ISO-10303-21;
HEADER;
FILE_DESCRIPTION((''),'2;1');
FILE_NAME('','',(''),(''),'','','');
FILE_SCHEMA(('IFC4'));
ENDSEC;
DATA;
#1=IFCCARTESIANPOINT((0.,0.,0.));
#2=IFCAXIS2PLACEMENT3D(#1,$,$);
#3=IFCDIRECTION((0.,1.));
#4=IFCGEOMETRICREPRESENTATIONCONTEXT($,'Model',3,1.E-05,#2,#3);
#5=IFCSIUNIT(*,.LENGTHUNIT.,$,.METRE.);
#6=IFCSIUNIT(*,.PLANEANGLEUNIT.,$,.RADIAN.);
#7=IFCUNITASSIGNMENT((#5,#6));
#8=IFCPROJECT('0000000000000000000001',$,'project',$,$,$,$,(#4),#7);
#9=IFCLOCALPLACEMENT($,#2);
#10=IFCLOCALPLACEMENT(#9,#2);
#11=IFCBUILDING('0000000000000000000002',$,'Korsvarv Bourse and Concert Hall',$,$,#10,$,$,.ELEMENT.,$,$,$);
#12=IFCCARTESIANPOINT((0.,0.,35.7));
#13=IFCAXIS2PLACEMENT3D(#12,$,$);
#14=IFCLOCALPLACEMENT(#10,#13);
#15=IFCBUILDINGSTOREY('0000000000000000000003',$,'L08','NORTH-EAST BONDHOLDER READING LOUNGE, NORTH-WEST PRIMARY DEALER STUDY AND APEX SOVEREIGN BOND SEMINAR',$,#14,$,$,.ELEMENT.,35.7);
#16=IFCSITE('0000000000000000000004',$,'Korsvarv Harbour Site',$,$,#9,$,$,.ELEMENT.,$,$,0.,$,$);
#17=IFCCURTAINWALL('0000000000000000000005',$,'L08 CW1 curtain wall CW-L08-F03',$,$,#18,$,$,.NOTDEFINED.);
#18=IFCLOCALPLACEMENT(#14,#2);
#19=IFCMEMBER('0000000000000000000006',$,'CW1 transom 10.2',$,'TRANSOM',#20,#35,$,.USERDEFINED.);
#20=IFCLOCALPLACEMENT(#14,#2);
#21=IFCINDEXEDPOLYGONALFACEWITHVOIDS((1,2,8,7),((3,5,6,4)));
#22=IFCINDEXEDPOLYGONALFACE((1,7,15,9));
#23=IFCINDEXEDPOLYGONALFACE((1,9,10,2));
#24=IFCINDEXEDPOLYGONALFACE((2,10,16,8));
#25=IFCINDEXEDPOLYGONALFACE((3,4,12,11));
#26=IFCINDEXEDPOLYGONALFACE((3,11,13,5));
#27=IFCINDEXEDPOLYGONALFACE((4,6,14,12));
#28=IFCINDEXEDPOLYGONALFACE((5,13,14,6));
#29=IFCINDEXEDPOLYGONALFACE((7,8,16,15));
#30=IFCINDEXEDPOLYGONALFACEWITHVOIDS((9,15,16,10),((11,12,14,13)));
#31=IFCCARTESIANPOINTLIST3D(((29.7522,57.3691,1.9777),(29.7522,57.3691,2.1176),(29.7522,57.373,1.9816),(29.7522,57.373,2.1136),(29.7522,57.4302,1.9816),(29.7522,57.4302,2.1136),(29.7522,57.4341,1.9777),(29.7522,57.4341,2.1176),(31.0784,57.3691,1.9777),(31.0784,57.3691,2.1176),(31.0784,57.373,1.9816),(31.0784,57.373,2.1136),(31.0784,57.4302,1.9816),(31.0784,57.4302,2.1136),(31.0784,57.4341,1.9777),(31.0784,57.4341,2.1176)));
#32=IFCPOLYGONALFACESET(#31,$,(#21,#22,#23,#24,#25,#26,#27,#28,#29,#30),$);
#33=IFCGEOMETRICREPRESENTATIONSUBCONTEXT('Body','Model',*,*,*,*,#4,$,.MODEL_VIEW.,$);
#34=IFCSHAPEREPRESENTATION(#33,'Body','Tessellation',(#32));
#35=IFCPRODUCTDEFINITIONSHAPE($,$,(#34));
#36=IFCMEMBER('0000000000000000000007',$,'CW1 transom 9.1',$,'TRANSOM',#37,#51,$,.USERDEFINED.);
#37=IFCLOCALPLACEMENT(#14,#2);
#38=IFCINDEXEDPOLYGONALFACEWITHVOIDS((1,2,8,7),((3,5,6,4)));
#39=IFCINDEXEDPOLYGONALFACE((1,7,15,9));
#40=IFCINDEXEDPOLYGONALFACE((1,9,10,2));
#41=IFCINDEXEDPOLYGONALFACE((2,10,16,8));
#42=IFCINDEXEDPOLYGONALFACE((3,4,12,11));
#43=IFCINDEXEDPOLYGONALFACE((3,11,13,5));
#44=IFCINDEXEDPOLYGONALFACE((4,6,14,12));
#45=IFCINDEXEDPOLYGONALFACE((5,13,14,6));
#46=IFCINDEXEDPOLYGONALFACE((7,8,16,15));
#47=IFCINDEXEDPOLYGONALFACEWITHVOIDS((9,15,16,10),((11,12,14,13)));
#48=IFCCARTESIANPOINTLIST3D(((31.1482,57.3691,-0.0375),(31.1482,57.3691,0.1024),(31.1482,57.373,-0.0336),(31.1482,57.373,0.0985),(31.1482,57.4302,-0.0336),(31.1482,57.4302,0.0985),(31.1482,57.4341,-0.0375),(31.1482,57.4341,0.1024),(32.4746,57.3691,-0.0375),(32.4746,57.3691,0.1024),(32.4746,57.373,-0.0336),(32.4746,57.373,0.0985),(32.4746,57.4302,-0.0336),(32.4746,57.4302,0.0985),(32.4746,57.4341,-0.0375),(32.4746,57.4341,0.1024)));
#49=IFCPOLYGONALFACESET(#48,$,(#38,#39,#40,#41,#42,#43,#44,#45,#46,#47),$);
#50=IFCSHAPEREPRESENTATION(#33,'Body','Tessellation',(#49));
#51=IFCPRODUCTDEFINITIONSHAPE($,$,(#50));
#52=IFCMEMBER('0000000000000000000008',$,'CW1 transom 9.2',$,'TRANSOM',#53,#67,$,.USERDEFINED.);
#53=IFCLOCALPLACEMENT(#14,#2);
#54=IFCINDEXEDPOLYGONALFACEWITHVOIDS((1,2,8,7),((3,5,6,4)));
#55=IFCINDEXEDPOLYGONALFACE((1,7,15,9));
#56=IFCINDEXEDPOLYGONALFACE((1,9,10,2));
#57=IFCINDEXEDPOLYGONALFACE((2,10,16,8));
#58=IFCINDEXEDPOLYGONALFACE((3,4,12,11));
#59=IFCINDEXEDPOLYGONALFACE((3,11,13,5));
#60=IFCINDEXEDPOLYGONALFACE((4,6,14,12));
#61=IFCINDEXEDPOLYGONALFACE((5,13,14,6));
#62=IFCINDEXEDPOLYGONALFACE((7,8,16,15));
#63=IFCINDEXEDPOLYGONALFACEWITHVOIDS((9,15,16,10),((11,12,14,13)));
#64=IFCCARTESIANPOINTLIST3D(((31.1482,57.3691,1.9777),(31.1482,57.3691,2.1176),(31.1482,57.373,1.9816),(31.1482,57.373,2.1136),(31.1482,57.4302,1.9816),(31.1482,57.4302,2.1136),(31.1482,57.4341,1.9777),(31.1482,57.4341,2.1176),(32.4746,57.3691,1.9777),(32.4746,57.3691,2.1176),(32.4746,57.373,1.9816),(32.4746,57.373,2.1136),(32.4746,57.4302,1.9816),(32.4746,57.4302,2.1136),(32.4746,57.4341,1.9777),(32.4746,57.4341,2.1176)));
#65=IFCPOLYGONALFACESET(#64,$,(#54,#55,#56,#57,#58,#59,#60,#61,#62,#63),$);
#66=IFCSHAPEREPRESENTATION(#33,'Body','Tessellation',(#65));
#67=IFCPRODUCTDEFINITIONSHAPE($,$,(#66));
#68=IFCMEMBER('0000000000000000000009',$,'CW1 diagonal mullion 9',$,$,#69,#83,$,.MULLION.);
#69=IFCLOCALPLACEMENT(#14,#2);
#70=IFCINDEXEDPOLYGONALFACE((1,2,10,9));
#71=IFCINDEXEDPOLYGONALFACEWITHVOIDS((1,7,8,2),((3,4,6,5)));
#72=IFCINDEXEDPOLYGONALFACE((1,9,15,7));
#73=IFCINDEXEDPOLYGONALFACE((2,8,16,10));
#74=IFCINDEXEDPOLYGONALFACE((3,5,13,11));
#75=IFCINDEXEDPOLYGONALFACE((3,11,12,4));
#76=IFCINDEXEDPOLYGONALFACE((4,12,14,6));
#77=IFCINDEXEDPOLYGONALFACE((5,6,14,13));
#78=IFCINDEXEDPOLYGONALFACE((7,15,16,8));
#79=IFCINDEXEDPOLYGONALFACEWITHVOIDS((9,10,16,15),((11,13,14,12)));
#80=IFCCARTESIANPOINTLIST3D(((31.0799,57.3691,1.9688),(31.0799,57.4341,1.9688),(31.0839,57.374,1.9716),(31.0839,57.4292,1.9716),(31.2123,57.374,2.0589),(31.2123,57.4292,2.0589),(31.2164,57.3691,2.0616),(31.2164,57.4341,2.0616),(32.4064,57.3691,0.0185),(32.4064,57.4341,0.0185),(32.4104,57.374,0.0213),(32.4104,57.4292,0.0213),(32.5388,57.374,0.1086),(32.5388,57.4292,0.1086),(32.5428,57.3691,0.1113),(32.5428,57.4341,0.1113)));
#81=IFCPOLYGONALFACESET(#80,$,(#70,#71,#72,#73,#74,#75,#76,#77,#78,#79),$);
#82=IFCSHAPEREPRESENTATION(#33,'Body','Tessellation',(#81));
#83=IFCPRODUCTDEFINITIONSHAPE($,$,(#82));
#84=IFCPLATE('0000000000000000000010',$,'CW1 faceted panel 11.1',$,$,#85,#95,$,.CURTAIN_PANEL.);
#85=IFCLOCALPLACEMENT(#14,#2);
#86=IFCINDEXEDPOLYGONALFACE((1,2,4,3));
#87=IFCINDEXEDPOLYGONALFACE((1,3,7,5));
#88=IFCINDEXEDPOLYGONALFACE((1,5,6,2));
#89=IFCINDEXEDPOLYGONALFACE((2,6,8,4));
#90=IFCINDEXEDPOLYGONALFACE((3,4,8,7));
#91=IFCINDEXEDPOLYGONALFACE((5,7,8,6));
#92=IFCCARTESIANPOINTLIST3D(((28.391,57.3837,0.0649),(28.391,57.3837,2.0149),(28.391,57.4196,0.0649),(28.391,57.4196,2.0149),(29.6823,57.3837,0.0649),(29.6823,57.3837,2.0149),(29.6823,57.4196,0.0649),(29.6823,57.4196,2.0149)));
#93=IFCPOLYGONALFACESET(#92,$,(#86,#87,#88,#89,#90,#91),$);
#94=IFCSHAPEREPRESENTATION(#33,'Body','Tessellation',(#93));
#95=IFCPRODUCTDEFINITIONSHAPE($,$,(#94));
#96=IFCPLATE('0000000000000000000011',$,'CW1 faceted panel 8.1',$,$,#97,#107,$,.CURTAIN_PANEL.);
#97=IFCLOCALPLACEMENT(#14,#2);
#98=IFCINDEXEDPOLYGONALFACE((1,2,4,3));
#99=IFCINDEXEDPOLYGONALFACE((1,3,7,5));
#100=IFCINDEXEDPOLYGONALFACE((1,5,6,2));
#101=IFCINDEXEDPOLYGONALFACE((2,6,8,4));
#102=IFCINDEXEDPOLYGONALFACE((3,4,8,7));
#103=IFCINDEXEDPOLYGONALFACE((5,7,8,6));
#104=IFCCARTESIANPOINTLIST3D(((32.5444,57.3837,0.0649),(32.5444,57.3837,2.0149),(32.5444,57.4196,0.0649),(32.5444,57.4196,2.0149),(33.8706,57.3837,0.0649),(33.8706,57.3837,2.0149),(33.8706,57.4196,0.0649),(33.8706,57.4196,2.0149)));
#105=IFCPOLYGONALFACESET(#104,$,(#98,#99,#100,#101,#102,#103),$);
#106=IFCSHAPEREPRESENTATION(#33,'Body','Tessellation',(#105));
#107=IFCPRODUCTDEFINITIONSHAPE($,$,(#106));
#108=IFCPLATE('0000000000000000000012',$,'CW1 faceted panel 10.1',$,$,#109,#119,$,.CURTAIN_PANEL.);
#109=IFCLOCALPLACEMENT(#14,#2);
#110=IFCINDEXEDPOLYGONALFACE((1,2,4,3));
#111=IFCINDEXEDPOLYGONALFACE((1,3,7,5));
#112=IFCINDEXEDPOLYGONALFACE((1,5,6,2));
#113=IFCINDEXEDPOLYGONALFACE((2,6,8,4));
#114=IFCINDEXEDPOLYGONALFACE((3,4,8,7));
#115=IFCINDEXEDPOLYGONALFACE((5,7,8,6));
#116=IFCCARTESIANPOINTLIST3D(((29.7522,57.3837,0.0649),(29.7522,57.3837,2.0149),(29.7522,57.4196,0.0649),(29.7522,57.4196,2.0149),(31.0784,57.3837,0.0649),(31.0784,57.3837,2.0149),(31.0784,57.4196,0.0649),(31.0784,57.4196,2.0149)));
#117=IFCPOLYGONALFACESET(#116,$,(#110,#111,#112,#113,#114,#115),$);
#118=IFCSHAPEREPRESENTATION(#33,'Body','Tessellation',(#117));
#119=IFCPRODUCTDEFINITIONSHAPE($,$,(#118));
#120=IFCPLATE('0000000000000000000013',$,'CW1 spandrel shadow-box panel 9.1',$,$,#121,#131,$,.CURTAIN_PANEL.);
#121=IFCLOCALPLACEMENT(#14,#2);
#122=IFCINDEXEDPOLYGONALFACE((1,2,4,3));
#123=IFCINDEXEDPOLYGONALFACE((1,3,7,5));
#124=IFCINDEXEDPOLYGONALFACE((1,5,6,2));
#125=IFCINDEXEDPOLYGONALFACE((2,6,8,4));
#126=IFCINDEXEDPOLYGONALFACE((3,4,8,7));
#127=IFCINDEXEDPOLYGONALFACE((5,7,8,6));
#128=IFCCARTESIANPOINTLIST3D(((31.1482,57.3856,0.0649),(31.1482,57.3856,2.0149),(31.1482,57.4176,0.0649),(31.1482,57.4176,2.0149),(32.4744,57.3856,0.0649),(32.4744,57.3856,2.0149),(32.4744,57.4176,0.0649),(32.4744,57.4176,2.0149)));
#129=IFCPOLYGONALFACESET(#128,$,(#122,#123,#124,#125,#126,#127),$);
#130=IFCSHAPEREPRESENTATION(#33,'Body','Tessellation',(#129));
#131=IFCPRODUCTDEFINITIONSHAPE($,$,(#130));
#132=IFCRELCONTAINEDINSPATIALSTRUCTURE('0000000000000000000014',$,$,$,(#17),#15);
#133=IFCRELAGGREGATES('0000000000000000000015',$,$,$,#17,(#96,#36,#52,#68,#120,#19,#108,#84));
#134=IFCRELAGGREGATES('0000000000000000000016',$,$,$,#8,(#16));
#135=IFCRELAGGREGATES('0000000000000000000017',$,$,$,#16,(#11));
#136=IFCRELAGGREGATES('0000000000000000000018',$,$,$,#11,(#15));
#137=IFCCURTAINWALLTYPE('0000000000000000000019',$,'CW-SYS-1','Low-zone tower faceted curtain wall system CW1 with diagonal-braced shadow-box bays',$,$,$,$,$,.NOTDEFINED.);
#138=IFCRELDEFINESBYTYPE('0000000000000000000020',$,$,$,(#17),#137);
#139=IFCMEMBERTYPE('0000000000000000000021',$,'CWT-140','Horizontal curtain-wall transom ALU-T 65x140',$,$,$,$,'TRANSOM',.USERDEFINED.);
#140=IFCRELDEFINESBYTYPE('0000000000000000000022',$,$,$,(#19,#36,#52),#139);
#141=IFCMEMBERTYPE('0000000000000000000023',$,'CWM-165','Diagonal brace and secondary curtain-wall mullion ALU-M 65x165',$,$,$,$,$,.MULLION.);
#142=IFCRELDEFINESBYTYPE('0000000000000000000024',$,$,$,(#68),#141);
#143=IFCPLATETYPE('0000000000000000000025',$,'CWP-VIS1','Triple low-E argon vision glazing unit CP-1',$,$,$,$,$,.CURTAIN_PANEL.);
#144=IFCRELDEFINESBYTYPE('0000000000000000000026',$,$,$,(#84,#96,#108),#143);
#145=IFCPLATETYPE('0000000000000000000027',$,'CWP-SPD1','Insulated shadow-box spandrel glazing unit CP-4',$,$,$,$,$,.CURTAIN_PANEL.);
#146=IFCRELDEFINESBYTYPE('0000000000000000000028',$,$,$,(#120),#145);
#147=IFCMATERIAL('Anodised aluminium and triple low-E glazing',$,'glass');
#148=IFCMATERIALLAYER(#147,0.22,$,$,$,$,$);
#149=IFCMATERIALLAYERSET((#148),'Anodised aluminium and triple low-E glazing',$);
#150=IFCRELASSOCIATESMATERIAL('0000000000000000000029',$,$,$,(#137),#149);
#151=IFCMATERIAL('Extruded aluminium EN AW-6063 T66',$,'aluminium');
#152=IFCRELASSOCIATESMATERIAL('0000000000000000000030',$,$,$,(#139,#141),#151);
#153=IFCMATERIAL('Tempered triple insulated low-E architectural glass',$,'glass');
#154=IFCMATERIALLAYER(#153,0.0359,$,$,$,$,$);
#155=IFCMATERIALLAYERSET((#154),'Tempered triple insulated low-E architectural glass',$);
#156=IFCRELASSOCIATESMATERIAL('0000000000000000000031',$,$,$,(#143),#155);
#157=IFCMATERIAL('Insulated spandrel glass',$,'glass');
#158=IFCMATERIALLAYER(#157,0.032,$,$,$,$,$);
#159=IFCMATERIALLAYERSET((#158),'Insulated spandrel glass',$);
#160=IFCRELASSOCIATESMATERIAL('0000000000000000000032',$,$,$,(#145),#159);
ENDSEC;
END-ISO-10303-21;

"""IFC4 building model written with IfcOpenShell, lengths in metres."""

from ifc_helpers import new_model, si_unit, direction, frame, origin, origin_2d, place, context, subcontext, project, spatial, rectangle, hollow_rectangle, extrude, source, transform, mapped, material, layer, layer_set, material_profile, profile_set, type_object, element, aggregate, save


model = new_model("IFC4")

# Units and contexts
model_context = context("Model", 3, precision=1e-05, world=origin(), true_north=direction((0.0, 1.0)))
body_context = subcontext(model_context, "Body", "Model", "MODEL_VIEW")
ifc_project = project(units=[si_unit("LENGTHUNIT", "METRE"), si_unit("PLANEANGLEUNIT", "RADIAN")], contexts=[model_context])

# Site, building, storey
site_placement = place(None, origin())
site = spatial("IfcSite", under=ifc_project, at=site_placement, Name="Korsvarv Harbour Site", CompositionType="ELEMENT", RefElevation=0.0)
building_placement = place(site_placement, origin())
building = spatial("IfcBuilding", under=site, at=building_placement, Name="Korsvarv Bourse and Concert Hall", CompositionType="ELEMENT")
storey_placement = place(building_placement, frame((0.0, 0.0, 35.7)))
storey = spatial("IfcBuildingStorey", under=building, at=storey_placement, Name="L08", Description="NORTH-EAST BONDHOLDER READING LOUNGE, NORTH-WEST PRIMARY DEALER STUDY AND APEX SOVEREIGN BOND SEMINAR", CompositionType="ELEMENT", Elevation=35.7)

# Curtain wall, members, plates
ifc_material_1 = material(Name="Anodised aluminium and triple low-E glazing", Category="glass")
ifc_layer_1 = layer(ifc_material_1, 0.22)
ifc_layer_set_1 = layer_set([ifc_layer_1], Name="Anodised aluminium and triple low-E glazing")
curtain_wall_type = type_object("IfcCurtainWallType", Name="CW-SYS-1", Description="Low-zone tower faceted curtain wall system CW1 with diagonal-braced shadow-box bays", PredefinedType="NOTDEFINED", material=ifc_layer_set_1)
curtain_wall_placement = place(storey_placement, origin())
curtain_wall = element("IfcCurtainWall", 1, at=curtain_wall_placement, inside=storey, type_object=curtain_wall_type, Name="L08 CW1 curtain wall CW-L08-F03", PredefinedType="NOTDEFINED")
ifc_material_2 = material(Name="Extruded aluminium EN AW-6063 T66", Category="aluminium")
ifc_material_profile_1 = material_profile(ifc_material_2, hollow_rectangle(XDim=0.0649, YDim=0.1399, WallThickness=0.0039, at=origin_2d()), Name="ALU-T 65x140")
ifc_profile_set_1 = profile_set([ifc_material_profile_1], Name="Extruded aluminium EN AW-6063 T66")
member_type_1 = type_object("IfcMemberType", Name="CWT-140", Description="Horizontal curtain-wall transom ALU-T 65x140", ElementType="TRANSOM", PredefinedType="USERDEFINED", material=ifc_profile_set_1)
shared_shape_1 = source(origin(), body_context, "Body", "SweptSolid", [
    extrude(hollow_rectangle(XDim=0.0649, YDim=0.1399, WallThickness=0.0039, at=origin_2d()), origin(), (0.0, 0.0, 1.0), 1.3262),
])
member_1_placement = place(storey_placement, frame((31.0784, 57.4016, 2.0476), z_axis=(-1.0, 0.0, 0.0), x_axis=(0.0, -1.0, 0.0)))
member_1 = element("IfcMember", 2, at=member_1_placement, type_object=member_type_1, Name="CW1 transom 10.2", ObjectType="TRANSOM", PredefinedType="USERDEFINED", context=body_context, shape_type="MappedRepresentation", body=[
    mapped(shared_shape_1, transform((0.0, 0.0, 0.0), scale=1.0)),
])
shared_shape_2 = source(origin(), body_context, "Body", "SweptSolid", [
    extrude(hollow_rectangle(XDim=0.0649, YDim=0.1399, WallThickness=0.0039, at=origin_2d()), origin(), (0.0, 0.0, 1.0), 1.3264),
])
member_2_placement = place(storey_placement, frame((32.4746, 57.4016, 0.0325), z_axis=(-1.0, 0.0, 0.0), x_axis=(0.0, -1.0, 0.0)))
member_2 = element("IfcMember", 3, at=member_2_placement, type_object=member_type_1, Name="CW1 transom 9.1", ObjectType="TRANSOM", PredefinedType="USERDEFINED", context=body_context, shape_type="MappedRepresentation", body=[
    mapped(shared_shape_2, transform((0.0, 0.0, 0.0), scale=1.0)),
])
member_3_placement = place(storey_placement, frame((32.4746, 57.4016, 2.0476), z_axis=(-1.0, 0.0, 0.0), x_axis=(0.0, -1.0, 0.0)))
member_3 = element("IfcMember", 4, at=member_3_placement, type_object=member_type_1, Name="CW1 transom 9.2", ObjectType="TRANSOM", PredefinedType="USERDEFINED", context=body_context, shape_type="MappedRepresentation", body=[
    mapped(shared_shape_2, transform((0.0, 0.0, 0.0), scale=1.0)),
])
ifc_material_profile_2 = material_profile(ifc_material_2, hollow_rectangle(XDim=0.0649, YDim=0.165, WallThickness=0.0049, at=origin_2d()), Name="ALU-M 65x165")
ifc_profile_set_2 = profile_set([ifc_material_profile_2], Name="Extruded aluminium EN AW-6063 T66")
member_type_2 = type_object("IfcMemberType", Name="CWM-165", Description="Diagonal brace and secondary curtain-wall mullion ALU-M 65x165", PredefinedType="MULLION", material=ifc_profile_set_2)
shared_shape_3 = source(origin(), body_context, "Body", "SweptSolid", [
    extrude(hollow_rectangle(XDim=0.0649, YDim=0.165, WallThickness=0.0049, at=origin_2d()), origin(), (0.0, 0.0, 1.0), 2.3586),
])
member_4_placement = place(storey_placement, frame((32.4746, 57.4016, 0.0649), z_axis=(-0.562392, 0.0, 0.826871), x_axis=(0.0, -1.0, 0.0)))
member_4 = element("IfcMember", 5, at=member_4_placement, type_object=member_type_2, Name="CW1 diagonal mullion 9", PredefinedType="MULLION", context=body_context, shape_type="MappedRepresentation", body=[
    mapped(shared_shape_3, transform((0.0, 0.0, 0.0), scale=1.0)),
])
ifc_material_3 = material(Name="Tempered triple insulated low-E architectural glass", Category="glass")
ifc_layer_2 = layer(ifc_material_3, 0.0359)
ifc_layer_set_2 = layer_set([ifc_layer_2], Name="Tempered triple insulated low-E architectural glass")
plate_type_1 = type_object("IfcPlateType", Name="CWP-VIS1", Description="Triple low-E argon vision glazing unit CP-1", PredefinedType="CURTAIN_PANEL", material=ifc_layer_set_2)
shared_shape_4 = source(origin(), body_context, "Body", "SweptSolid", [
    extrude(rectangle(XDim=1.2913, YDim=0.0359, at=origin_2d()), origin(), (0.0, 0.0, 1.0), 1.95),
])
plate_1_placement = place(storey_placement, frame((29.0366, 57.4016, 0.0649), z_axis=(0.0, 0.0, 1.0), x_axis=(-1.0, 0.0, 0.0)))
plate_1 = element("IfcPlate", 6, at=plate_1_placement, type_object=plate_type_1, Name="CW1 faceted panel 11.1", PredefinedType="CURTAIN_PANEL", context=body_context, shape_type="MappedRepresentation", body=[
    mapped(shared_shape_4, transform((0.0, 0.0, 0.0), scale=1.0)),
])
shared_shape_5 = source(origin(), body_context, "Body", "SweptSolid", [
    extrude(rectangle(XDim=1.3262, YDim=0.0359, at=origin_2d()), origin(), (0.0, 0.0, 1.0), 1.95),
])
plate_2_placement = place(storey_placement, frame((33.2075, 57.4016, 0.0649), z_axis=(0.0, 0.0, 1.0), x_axis=(-1.0, 0.0, 0.0)))
plate_2 = element("IfcPlate", 7, at=plate_2_placement, type_object=plate_type_1, Name="CW1 faceted panel 8.1", PredefinedType="CURTAIN_PANEL", context=body_context, shape_type="MappedRepresentation", body=[
    mapped(shared_shape_5, transform((0.0, 0.0, 0.0), scale=1.0)),
])
plate_3_placement = place(storey_placement, frame((30.4153, 57.4016, 0.0649), z_axis=(0.0, 0.0, 1.0), x_axis=(-1.0, 0.0, 0.0)))
plate_3 = element("IfcPlate", 8, at=plate_3_placement, type_object=plate_type_1, Name="CW1 faceted panel 10.1", PredefinedType="CURTAIN_PANEL", context=body_context, shape_type="MappedRepresentation", body=[
    mapped(shared_shape_5, transform((0.0, 0.0, 0.0), scale=1.0)),
])
ifc_material_4 = material(Name="Insulated spandrel glass", Category="glass")
ifc_layer_3 = layer(ifc_material_4, 0.032)
ifc_layer_set_3 = layer_set([ifc_layer_3], Name="Insulated spandrel glass")
plate_type_2 = type_object("IfcPlateType", Name="CWP-SPD1", Description="Insulated shadow-box spandrel glazing unit CP-4", PredefinedType="CURTAIN_PANEL", material=ifc_layer_set_3)
shared_shape_6 = source(origin(), body_context, "Body", "SweptSolid", [
    extrude(rectangle(XDim=1.3262, YDim=0.032, at=origin_2d()), origin(), (0.0, 0.0, 1.0), 1.95),
])
plate_4_placement = place(storey_placement, frame((31.8113, 57.4016, 0.0649), z_axis=(0.0, 0.0, 1.0), x_axis=(-1.0, 0.0, 0.0)))
plate_4 = element("IfcPlate", 9, at=plate_4_placement, type_object=plate_type_2, Name="CW1 spandrel shadow-box panel 9.1", PredefinedType="CURTAIN_PANEL", context=body_context, shape_type="MappedRepresentation", body=[
    mapped(shared_shape_6, transform((0.0, 0.0, 0.0), scale=1.0)),
])
aggregate(curtain_wall, [plate_2, member_2, member_3, member_4, plate_4, member_1, plate_3, plate_1])

save(model, "model.ifc")
